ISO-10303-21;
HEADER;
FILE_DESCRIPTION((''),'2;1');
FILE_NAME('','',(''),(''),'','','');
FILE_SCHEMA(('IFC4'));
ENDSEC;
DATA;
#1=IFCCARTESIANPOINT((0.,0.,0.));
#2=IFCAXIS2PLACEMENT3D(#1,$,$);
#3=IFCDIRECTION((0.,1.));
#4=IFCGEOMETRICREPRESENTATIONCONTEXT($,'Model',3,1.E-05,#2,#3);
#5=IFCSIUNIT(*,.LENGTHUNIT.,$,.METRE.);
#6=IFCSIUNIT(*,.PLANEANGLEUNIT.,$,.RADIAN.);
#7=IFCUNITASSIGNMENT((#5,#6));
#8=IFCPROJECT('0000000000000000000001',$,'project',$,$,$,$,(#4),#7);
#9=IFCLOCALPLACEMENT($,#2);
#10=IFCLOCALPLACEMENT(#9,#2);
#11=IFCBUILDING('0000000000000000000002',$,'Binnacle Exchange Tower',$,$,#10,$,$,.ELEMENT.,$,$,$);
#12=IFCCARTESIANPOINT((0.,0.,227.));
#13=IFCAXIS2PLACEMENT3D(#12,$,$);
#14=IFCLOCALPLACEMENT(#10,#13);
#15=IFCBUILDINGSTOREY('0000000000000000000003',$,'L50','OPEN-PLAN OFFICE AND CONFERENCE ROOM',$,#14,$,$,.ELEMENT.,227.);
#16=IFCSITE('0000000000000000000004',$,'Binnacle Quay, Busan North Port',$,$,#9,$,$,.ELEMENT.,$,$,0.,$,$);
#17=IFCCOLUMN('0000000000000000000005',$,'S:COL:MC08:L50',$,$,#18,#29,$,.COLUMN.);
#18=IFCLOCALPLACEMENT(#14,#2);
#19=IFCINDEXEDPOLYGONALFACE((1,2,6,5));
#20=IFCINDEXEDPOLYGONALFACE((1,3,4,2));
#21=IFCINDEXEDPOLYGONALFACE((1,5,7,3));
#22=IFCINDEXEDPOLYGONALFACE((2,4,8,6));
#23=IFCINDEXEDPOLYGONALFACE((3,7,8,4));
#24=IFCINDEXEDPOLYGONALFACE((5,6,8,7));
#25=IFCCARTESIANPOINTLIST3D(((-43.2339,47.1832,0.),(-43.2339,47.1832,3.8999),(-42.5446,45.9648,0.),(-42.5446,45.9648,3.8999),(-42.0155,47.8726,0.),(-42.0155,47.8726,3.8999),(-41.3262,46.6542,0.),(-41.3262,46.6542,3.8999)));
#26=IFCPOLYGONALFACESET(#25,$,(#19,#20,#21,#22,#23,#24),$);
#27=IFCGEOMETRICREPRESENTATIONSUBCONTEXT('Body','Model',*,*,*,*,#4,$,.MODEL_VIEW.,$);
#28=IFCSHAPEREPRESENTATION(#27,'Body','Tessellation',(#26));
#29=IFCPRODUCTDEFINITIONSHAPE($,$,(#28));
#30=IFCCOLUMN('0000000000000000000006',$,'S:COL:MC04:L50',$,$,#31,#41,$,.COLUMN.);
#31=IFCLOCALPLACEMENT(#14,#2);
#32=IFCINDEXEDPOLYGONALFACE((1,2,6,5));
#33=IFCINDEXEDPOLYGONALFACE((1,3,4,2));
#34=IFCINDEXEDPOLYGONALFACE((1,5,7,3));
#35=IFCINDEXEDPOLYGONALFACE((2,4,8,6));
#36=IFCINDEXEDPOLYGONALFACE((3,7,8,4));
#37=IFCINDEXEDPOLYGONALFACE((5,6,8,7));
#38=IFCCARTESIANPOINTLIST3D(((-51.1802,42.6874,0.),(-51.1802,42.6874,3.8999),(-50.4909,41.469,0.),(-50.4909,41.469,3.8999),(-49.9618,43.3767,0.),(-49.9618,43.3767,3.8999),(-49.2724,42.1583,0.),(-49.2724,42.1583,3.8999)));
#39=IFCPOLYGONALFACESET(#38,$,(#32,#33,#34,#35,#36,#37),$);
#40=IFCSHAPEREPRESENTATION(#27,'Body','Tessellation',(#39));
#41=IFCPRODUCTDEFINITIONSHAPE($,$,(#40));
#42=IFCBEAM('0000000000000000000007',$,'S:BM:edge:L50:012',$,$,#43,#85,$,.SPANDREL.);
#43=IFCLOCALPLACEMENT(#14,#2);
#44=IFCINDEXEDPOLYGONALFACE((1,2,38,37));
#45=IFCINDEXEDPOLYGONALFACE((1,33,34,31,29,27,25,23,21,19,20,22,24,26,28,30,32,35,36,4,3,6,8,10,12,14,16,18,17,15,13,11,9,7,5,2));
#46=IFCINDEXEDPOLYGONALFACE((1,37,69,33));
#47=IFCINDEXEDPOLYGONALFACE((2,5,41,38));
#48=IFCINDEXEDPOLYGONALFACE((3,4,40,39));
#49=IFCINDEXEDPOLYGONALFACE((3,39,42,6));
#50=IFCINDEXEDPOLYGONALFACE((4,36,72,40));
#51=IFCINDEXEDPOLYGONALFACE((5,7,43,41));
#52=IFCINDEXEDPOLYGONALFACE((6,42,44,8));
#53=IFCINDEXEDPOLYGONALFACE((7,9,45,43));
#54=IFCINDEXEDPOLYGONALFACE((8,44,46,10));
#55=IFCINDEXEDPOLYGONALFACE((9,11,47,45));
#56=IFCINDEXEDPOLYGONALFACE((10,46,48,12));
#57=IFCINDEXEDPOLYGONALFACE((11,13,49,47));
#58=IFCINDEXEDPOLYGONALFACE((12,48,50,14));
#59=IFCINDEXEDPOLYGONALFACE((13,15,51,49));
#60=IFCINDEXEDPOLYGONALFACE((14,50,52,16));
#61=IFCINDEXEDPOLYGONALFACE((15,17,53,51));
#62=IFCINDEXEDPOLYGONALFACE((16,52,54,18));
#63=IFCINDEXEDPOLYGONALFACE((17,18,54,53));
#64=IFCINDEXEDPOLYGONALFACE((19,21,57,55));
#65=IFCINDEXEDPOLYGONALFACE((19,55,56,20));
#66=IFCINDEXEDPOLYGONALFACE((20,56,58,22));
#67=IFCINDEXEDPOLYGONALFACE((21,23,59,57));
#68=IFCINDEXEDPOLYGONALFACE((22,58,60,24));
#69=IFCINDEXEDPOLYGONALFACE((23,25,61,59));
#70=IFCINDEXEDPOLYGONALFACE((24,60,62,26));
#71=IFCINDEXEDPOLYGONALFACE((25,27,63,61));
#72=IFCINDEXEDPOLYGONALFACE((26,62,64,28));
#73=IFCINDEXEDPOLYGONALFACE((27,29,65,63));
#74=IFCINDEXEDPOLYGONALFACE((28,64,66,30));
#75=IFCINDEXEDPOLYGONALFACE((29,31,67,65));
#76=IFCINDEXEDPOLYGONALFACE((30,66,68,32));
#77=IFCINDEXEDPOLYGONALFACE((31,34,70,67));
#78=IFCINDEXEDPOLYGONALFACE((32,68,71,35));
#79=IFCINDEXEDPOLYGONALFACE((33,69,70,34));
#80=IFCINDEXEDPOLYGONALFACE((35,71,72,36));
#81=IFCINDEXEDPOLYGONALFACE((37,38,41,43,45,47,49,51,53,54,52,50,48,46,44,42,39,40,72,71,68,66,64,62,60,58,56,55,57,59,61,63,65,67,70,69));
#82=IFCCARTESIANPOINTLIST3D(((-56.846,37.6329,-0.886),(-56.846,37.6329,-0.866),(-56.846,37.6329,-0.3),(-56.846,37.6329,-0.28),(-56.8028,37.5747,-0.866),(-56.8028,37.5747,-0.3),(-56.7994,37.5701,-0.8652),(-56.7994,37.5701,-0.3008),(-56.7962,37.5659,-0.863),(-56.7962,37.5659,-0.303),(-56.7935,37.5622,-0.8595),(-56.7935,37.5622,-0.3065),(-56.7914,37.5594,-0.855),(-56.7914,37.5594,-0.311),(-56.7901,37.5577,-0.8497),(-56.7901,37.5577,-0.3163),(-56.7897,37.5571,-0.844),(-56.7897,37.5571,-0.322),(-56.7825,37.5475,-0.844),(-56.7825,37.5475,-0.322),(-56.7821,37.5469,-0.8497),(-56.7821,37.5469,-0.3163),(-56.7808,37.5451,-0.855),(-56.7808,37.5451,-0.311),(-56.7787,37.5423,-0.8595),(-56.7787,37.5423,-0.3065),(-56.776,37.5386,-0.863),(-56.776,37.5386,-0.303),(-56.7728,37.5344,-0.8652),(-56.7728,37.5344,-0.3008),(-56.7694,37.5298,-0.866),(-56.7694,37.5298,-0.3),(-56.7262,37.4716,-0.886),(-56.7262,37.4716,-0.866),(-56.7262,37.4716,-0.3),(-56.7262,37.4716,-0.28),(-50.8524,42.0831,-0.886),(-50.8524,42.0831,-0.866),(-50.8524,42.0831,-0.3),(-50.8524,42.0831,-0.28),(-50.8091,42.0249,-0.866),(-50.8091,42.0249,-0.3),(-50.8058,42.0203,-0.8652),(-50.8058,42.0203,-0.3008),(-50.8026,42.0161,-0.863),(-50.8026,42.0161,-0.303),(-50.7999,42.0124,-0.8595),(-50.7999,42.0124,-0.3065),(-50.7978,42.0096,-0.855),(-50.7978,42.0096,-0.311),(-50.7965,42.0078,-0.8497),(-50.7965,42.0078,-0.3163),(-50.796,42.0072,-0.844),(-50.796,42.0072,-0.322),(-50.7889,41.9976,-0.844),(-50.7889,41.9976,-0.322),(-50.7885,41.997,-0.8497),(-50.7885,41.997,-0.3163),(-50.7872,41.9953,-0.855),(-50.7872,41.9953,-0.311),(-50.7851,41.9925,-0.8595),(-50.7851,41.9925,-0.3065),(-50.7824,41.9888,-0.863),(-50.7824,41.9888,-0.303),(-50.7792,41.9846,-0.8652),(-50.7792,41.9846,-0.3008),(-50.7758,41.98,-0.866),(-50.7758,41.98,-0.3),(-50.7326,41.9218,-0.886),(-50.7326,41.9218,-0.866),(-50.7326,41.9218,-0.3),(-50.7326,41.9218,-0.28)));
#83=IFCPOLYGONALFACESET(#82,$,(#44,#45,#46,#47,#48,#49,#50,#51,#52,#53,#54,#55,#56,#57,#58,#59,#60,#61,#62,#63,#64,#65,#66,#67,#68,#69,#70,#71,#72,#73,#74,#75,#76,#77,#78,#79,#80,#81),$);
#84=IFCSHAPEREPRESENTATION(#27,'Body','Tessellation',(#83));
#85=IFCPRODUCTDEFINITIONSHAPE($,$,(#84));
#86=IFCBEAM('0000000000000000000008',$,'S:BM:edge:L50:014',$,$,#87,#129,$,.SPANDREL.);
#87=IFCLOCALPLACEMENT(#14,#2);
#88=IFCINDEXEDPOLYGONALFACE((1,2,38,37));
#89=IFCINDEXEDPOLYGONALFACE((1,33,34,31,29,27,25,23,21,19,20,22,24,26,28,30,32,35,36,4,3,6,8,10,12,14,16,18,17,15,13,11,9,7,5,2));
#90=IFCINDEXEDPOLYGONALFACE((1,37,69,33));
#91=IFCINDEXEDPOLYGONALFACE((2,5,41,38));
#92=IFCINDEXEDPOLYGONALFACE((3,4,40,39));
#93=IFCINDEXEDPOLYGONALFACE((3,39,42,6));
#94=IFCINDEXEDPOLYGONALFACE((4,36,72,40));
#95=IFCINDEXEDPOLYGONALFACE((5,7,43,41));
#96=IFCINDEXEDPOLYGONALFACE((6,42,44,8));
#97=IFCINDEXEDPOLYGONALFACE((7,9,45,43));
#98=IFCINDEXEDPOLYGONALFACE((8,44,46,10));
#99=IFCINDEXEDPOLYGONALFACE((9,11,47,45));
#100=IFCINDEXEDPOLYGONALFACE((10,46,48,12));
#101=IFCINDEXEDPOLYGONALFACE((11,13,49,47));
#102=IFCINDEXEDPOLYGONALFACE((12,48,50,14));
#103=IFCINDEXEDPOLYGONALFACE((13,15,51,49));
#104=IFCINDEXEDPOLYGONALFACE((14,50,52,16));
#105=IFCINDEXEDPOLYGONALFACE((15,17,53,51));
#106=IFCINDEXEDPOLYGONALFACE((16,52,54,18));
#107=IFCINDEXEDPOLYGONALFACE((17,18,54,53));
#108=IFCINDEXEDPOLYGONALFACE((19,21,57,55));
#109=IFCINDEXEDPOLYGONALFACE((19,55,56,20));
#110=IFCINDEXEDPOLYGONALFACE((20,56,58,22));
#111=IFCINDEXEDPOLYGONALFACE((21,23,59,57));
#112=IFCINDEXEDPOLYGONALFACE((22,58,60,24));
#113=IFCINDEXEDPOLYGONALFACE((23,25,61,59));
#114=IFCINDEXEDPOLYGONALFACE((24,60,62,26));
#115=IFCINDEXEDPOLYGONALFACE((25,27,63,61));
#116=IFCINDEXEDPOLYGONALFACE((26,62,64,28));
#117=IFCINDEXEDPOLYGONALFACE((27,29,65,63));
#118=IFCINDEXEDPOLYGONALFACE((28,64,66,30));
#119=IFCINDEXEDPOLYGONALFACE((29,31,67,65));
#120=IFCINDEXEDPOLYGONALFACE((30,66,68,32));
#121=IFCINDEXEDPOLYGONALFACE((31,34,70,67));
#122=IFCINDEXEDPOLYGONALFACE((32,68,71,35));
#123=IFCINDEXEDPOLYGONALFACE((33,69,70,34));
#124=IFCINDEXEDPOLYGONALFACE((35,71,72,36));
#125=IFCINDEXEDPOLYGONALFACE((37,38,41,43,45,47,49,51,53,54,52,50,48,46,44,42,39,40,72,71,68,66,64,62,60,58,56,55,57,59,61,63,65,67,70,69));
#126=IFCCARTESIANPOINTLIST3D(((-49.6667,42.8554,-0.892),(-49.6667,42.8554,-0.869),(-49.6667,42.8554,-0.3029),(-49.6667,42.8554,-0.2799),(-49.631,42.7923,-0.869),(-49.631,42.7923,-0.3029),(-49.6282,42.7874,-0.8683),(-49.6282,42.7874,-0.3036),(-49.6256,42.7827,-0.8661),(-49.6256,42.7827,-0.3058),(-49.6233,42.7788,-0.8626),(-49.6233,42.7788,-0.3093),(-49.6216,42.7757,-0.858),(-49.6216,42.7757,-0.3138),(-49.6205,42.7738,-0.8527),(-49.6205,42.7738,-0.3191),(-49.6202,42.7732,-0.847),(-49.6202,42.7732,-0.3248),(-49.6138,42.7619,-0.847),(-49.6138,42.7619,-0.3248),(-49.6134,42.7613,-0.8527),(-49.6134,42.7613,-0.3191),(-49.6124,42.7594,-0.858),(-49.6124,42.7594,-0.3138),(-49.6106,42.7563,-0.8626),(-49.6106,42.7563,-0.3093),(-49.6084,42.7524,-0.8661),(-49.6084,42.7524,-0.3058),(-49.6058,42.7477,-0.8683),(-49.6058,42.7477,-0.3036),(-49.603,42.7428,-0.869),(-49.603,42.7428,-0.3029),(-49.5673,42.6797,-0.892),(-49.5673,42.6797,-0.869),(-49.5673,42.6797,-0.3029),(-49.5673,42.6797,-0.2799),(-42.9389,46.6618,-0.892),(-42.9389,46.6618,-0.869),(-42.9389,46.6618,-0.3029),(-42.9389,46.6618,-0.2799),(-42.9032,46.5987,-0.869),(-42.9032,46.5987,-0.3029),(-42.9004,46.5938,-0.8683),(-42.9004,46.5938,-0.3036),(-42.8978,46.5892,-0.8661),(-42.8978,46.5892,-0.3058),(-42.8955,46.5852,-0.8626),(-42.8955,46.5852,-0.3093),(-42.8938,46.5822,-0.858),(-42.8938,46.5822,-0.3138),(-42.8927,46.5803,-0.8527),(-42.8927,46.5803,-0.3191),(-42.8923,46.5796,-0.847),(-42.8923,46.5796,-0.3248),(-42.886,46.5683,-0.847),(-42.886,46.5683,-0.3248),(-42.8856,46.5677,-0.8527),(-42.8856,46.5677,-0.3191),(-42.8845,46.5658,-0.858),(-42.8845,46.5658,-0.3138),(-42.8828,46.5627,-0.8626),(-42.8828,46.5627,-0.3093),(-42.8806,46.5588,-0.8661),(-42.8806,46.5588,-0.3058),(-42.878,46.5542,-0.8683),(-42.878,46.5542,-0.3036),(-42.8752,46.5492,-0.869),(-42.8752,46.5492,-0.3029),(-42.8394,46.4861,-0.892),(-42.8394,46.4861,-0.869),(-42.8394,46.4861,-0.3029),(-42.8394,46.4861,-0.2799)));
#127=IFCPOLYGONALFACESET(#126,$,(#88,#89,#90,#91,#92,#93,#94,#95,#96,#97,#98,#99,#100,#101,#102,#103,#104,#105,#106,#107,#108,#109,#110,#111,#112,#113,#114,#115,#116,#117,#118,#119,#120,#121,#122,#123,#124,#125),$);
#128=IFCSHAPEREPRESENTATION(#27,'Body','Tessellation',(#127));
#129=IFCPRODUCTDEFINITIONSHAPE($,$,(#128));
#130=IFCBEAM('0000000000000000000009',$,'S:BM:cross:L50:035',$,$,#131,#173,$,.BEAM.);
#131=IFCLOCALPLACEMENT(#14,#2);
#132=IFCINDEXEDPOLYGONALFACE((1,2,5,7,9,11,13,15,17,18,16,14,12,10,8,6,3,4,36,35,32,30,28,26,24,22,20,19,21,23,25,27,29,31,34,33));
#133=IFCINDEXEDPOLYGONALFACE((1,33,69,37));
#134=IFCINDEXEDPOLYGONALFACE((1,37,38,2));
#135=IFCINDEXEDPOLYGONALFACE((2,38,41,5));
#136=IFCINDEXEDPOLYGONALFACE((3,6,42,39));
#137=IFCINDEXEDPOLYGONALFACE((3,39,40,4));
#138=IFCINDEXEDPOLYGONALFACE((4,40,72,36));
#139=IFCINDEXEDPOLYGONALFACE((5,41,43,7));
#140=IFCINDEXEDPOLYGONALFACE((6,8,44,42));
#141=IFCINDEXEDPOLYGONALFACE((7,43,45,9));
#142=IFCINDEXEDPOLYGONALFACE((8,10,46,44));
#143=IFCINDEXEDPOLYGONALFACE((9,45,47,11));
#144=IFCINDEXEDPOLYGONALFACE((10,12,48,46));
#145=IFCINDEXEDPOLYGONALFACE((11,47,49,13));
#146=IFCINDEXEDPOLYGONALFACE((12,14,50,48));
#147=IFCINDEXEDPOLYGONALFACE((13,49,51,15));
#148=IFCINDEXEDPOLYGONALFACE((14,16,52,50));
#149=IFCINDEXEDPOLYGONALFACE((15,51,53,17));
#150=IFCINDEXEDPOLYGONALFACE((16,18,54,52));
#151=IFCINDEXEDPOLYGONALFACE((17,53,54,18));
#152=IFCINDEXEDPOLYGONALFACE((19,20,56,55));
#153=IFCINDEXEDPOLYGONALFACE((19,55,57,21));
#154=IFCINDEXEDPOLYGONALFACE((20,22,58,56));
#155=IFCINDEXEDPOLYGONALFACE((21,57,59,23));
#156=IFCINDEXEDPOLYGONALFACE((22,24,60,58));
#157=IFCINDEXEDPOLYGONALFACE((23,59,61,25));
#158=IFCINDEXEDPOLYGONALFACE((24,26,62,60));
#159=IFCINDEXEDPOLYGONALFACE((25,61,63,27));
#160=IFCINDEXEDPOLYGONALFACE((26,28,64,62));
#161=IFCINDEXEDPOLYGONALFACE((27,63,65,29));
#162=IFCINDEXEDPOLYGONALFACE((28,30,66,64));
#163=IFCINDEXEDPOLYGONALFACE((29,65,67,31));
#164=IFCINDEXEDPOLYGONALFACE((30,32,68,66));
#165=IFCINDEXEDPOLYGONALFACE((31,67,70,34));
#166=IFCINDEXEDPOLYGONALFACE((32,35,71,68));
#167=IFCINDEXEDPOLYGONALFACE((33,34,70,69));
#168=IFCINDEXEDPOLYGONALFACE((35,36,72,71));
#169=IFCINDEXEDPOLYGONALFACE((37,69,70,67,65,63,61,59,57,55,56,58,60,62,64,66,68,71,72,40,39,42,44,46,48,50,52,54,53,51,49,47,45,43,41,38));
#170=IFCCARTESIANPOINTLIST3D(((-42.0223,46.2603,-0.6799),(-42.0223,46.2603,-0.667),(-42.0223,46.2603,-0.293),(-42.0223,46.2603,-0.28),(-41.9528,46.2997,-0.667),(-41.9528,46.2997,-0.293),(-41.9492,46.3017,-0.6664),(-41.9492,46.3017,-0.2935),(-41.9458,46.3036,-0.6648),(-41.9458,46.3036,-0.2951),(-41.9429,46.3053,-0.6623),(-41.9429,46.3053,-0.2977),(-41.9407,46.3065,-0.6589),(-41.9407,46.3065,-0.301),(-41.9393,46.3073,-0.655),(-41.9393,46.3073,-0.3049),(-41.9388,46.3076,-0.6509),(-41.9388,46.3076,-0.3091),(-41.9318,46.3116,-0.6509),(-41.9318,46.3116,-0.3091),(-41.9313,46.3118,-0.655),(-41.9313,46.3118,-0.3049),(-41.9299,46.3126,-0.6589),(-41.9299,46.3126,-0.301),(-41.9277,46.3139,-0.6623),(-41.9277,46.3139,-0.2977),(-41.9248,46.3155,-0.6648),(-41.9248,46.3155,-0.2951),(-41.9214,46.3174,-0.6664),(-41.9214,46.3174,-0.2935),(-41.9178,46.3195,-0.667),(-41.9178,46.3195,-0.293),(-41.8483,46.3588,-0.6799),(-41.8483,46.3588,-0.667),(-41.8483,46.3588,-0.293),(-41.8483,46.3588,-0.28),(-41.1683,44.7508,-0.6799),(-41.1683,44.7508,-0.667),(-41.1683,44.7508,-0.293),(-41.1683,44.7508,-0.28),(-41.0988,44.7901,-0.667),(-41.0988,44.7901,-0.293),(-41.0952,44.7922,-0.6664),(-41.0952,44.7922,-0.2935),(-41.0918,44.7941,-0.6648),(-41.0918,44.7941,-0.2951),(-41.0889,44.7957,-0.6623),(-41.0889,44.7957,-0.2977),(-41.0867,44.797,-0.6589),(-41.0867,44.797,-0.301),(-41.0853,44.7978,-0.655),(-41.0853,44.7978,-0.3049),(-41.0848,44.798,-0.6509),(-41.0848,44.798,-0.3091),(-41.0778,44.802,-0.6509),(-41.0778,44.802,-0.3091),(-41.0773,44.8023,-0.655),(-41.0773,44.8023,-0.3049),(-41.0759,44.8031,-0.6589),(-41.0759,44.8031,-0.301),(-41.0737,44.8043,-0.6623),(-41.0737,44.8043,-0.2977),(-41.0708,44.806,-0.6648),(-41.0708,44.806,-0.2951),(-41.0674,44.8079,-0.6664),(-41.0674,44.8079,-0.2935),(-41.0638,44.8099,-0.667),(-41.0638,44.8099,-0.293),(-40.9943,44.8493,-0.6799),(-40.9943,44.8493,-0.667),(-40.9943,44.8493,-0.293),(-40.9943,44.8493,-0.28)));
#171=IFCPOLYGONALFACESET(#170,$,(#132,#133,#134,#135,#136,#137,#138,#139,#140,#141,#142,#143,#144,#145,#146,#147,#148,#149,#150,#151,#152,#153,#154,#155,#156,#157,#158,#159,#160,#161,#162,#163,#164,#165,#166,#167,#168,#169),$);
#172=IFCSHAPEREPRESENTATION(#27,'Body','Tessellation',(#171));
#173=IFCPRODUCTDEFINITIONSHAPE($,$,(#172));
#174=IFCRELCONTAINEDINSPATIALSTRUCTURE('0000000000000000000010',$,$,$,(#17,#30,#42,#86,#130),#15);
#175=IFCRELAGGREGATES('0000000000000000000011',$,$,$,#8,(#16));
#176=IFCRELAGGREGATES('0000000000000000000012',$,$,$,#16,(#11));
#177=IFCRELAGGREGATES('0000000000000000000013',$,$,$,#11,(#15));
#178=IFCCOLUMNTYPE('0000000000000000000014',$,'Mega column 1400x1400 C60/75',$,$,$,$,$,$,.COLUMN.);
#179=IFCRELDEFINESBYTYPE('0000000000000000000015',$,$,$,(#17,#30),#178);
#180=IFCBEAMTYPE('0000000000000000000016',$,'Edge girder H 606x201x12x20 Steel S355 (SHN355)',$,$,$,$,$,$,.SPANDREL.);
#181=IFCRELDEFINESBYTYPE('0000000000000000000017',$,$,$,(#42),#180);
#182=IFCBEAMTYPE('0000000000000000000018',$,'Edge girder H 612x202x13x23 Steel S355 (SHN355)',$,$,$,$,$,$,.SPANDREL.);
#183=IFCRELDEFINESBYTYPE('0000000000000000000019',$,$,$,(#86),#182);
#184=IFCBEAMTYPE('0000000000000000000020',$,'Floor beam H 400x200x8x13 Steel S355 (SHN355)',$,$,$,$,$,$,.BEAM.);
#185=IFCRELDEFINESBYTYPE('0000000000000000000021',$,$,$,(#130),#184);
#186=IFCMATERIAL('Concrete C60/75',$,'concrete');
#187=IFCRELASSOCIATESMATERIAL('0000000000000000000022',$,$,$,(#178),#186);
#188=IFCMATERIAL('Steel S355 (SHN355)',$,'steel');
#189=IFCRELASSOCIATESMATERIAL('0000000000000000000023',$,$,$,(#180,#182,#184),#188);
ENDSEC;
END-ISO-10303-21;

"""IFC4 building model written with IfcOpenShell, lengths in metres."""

from ifc_helpers import new_model, si_unit, direction, frame, origin, origin_2d, place, context, subcontext, project, spatial, rectangle, i_section, extrude, material, material_profile, profile_set, type_object, element, save


model = new_model("IFC4")

# Units and contexts
model_context = context("Model", 3, precision=1e-05, world=origin(), true_north=direction((0.0, 1.0)))
body_context = subcontext(model_context, "Body", "Model", "MODEL_VIEW")
ifc_project = project(units=[si_unit("LENGTHUNIT", "METRE"), si_unit("PLANEANGLEUNIT", "RADIAN")], contexts=[model_context])

# Site, building, storey
site_placement = place(None, origin())
site = spatial("IfcSite", under=ifc_project, at=site_placement, Name="Binnacle Quay, Busan North Port", CompositionType="ELEMENT", RefElevation=0.0)
building_placement = place(site_placement, origin())
building = spatial("IfcBuilding", under=site, at=building_placement, Name="Binnacle Exchange Tower", CompositionType="ELEMENT")
storey_placement = place(building_placement, frame((0.0, 0.0, 227.0)))
storey = spatial("IfcBuildingStorey", under=building, at=storey_placement, Name="L50", Description="OPEN-PLAN OFFICE AND CONFERENCE ROOM", CompositionType="ELEMENT", Elevation=227.0)

# Columns
ifc_material_1 = material(Name="Concrete C60/75", Category="concrete")
ifc_material_profile_1 = material_profile(ifc_material_1, rectangle(XDim=1.3999, YDim=1.3999, at=origin_2d()), Name="Mega column 1400x1400 C60/75")
ifc_profile_set_1 = profile_set([ifc_material_profile_1], Name="Concrete C60/75")
column_type = type_object("IfcColumnType", Name="Mega column 1400x1400 C60/75", PredefinedType="COLUMN", material=ifc_profile_set_1)
for number, where, z_axis, x_axis, name in (
    (1, (-42.28, 46.9187, 0.0), (0.0, 0.0, 1.0), (-0.870356, -0.492424, 0.0), "S:COL:MC08:L50"),
    (2, (-50.2263, 42.4229, 0.0), (0.0, 0.0, 1.0), (-0.870356, -0.492424, 0.0), "S:COL:MC04:L50"),
):
    element("IfcColumn", number, at=place(storey_placement, frame(where, z_axis=z_axis, x_axis=x_axis)), inside=storey, type_object=column_type, Name=name, PredefinedType="COLUMN", context=body_context, shape_type="SweptSolid", body=[
        extrude(rectangle(XDim=1.3999, YDim=1.3999, at=origin_2d()), origin(), (0.0, 0.0, 1.0), 3.8999),
    ])

# Beams
ifc_material_2 = material(Name="Steel S355 (SHN355)", Category="steel")
ifc_material_profile_2 = material_profile(ifc_material_2, i_section(OverallWidth=0.2009, OverallDepth=0.606, WebThickness=0.012, FlangeThickness=0.02, FilletRadius=0.022, at=origin_2d()), Name="H 606x201x12x20")
ifc_profile_set_2 = profile_set([ifc_material_profile_2], Name="Steel S355 (SHN355)")
beam_type_1 = type_object("IfcBeamType", Name="Edge girder H 606x201x12x20 Steel S355 (SHN355)", PredefinedType="SPANDREL", material=ifc_profile_set_2)
beam_1_placement = place(storey_placement, frame((-50.7925, 42.0024, -0.583), z_axis=(-0.802887, -0.596131, 0.0), x_axis=(0.596131, -0.802887, 0.0)))
element("IfcBeam", 3, at=beam_1_placement, inside=storey, type_object=beam_type_1, Name="S:BM:edge:L50:012", PredefinedType="SPANDREL", context=body_context, shape_type="SweptSolid", body=[
    extrude(i_section(OverallWidth=0.2009, OverallDepth=0.606, WebThickness=0.012, FlangeThickness=0.02, FilletRadius=0.022, at=origin_2d()), origin(), (0.0, 0.0, 1.0), 7.4651),
])
ifc_material_profile_3 = material_profile(ifc_material_2, i_section(OverallWidth=0.2019, OverallDepth=0.6121, WebThickness=0.0129, FlangeThickness=0.0229, FilletRadius=0.022, at=origin_2d()), Name="H 612x202x13x23")
ifc_profile_set_3 = profile_set([ifc_material_profile_3], Name="Steel S355 (SHN355)")
beam_type_2 = type_object("IfcBeamType", Name="Edge girder H 612x202x13x23 Steel S355 (SHN355)", PredefinedType="SPANDREL", material=ifc_profile_set_3)
beam_2_placement = place(storey_placement, frame((-42.8892, 46.574, -0.5859), z_axis=(-0.870356, -0.492424, 0.0), x_axis=(0.492424, -0.870356, 0.0)))
element("IfcBeam", 4, at=beam_2_placement, inside=storey, type_object=beam_type_2, Name="S:BM:edge:L50:014", PredefinedType="SPANDREL", context=body_context, shape_type="SweptSolid", body=[
    extrude(i_section(OverallWidth=0.2019, OverallDepth=0.6121, WebThickness=0.0129, FlangeThickness=0.0229, FilletRadius=0.022, at=origin_2d()), origin(), (0.0, 0.0, 1.0), 7.73),
])
ifc_material_profile_4 = material_profile(ifc_material_2, i_section(OverallWidth=0.2, OverallDepth=0.3999, WebThickness=0.0081, FlangeThickness=0.0129, FilletRadius=0.0161, at=origin_2d()), Name="H 400x200x8x13")
ifc_profile_set_4 = profile_set([ifc_material_profile_4], Name="Steel S355 (SHN355)")
beam_type_3 = type_object("IfcBeamType", Name="Floor beam H 400x200x8x13 Steel S355 (SHN355)", PredefinedType="BEAM", material=ifc_profile_set_4)
beam_3_placement = place(storey_placement, frame((-41.9353, 46.3096, -0.48), z_axis=(0.492405, -0.870366, 0.0), x_axis=(0.870366, 0.492405, 0.0)))
element("IfcBeam", 5, at=beam_3_placement, inside=storey, type_object=beam_type_3, Name="S:BM:cross:L50:035", PredefinedType="BEAM", context=body_context, shape_type="SweptSolid", body=[
    extrude(i_section(OverallWidth=0.2, OverallDepth=0.3999, WebThickness=0.0081, FlangeThickness=0.0129, FilletRadius=0.0161, at=origin_2d()), origin(), (0.0, 0.0, 1.0), 1.7344),
])

save(model, "model.ifc")
